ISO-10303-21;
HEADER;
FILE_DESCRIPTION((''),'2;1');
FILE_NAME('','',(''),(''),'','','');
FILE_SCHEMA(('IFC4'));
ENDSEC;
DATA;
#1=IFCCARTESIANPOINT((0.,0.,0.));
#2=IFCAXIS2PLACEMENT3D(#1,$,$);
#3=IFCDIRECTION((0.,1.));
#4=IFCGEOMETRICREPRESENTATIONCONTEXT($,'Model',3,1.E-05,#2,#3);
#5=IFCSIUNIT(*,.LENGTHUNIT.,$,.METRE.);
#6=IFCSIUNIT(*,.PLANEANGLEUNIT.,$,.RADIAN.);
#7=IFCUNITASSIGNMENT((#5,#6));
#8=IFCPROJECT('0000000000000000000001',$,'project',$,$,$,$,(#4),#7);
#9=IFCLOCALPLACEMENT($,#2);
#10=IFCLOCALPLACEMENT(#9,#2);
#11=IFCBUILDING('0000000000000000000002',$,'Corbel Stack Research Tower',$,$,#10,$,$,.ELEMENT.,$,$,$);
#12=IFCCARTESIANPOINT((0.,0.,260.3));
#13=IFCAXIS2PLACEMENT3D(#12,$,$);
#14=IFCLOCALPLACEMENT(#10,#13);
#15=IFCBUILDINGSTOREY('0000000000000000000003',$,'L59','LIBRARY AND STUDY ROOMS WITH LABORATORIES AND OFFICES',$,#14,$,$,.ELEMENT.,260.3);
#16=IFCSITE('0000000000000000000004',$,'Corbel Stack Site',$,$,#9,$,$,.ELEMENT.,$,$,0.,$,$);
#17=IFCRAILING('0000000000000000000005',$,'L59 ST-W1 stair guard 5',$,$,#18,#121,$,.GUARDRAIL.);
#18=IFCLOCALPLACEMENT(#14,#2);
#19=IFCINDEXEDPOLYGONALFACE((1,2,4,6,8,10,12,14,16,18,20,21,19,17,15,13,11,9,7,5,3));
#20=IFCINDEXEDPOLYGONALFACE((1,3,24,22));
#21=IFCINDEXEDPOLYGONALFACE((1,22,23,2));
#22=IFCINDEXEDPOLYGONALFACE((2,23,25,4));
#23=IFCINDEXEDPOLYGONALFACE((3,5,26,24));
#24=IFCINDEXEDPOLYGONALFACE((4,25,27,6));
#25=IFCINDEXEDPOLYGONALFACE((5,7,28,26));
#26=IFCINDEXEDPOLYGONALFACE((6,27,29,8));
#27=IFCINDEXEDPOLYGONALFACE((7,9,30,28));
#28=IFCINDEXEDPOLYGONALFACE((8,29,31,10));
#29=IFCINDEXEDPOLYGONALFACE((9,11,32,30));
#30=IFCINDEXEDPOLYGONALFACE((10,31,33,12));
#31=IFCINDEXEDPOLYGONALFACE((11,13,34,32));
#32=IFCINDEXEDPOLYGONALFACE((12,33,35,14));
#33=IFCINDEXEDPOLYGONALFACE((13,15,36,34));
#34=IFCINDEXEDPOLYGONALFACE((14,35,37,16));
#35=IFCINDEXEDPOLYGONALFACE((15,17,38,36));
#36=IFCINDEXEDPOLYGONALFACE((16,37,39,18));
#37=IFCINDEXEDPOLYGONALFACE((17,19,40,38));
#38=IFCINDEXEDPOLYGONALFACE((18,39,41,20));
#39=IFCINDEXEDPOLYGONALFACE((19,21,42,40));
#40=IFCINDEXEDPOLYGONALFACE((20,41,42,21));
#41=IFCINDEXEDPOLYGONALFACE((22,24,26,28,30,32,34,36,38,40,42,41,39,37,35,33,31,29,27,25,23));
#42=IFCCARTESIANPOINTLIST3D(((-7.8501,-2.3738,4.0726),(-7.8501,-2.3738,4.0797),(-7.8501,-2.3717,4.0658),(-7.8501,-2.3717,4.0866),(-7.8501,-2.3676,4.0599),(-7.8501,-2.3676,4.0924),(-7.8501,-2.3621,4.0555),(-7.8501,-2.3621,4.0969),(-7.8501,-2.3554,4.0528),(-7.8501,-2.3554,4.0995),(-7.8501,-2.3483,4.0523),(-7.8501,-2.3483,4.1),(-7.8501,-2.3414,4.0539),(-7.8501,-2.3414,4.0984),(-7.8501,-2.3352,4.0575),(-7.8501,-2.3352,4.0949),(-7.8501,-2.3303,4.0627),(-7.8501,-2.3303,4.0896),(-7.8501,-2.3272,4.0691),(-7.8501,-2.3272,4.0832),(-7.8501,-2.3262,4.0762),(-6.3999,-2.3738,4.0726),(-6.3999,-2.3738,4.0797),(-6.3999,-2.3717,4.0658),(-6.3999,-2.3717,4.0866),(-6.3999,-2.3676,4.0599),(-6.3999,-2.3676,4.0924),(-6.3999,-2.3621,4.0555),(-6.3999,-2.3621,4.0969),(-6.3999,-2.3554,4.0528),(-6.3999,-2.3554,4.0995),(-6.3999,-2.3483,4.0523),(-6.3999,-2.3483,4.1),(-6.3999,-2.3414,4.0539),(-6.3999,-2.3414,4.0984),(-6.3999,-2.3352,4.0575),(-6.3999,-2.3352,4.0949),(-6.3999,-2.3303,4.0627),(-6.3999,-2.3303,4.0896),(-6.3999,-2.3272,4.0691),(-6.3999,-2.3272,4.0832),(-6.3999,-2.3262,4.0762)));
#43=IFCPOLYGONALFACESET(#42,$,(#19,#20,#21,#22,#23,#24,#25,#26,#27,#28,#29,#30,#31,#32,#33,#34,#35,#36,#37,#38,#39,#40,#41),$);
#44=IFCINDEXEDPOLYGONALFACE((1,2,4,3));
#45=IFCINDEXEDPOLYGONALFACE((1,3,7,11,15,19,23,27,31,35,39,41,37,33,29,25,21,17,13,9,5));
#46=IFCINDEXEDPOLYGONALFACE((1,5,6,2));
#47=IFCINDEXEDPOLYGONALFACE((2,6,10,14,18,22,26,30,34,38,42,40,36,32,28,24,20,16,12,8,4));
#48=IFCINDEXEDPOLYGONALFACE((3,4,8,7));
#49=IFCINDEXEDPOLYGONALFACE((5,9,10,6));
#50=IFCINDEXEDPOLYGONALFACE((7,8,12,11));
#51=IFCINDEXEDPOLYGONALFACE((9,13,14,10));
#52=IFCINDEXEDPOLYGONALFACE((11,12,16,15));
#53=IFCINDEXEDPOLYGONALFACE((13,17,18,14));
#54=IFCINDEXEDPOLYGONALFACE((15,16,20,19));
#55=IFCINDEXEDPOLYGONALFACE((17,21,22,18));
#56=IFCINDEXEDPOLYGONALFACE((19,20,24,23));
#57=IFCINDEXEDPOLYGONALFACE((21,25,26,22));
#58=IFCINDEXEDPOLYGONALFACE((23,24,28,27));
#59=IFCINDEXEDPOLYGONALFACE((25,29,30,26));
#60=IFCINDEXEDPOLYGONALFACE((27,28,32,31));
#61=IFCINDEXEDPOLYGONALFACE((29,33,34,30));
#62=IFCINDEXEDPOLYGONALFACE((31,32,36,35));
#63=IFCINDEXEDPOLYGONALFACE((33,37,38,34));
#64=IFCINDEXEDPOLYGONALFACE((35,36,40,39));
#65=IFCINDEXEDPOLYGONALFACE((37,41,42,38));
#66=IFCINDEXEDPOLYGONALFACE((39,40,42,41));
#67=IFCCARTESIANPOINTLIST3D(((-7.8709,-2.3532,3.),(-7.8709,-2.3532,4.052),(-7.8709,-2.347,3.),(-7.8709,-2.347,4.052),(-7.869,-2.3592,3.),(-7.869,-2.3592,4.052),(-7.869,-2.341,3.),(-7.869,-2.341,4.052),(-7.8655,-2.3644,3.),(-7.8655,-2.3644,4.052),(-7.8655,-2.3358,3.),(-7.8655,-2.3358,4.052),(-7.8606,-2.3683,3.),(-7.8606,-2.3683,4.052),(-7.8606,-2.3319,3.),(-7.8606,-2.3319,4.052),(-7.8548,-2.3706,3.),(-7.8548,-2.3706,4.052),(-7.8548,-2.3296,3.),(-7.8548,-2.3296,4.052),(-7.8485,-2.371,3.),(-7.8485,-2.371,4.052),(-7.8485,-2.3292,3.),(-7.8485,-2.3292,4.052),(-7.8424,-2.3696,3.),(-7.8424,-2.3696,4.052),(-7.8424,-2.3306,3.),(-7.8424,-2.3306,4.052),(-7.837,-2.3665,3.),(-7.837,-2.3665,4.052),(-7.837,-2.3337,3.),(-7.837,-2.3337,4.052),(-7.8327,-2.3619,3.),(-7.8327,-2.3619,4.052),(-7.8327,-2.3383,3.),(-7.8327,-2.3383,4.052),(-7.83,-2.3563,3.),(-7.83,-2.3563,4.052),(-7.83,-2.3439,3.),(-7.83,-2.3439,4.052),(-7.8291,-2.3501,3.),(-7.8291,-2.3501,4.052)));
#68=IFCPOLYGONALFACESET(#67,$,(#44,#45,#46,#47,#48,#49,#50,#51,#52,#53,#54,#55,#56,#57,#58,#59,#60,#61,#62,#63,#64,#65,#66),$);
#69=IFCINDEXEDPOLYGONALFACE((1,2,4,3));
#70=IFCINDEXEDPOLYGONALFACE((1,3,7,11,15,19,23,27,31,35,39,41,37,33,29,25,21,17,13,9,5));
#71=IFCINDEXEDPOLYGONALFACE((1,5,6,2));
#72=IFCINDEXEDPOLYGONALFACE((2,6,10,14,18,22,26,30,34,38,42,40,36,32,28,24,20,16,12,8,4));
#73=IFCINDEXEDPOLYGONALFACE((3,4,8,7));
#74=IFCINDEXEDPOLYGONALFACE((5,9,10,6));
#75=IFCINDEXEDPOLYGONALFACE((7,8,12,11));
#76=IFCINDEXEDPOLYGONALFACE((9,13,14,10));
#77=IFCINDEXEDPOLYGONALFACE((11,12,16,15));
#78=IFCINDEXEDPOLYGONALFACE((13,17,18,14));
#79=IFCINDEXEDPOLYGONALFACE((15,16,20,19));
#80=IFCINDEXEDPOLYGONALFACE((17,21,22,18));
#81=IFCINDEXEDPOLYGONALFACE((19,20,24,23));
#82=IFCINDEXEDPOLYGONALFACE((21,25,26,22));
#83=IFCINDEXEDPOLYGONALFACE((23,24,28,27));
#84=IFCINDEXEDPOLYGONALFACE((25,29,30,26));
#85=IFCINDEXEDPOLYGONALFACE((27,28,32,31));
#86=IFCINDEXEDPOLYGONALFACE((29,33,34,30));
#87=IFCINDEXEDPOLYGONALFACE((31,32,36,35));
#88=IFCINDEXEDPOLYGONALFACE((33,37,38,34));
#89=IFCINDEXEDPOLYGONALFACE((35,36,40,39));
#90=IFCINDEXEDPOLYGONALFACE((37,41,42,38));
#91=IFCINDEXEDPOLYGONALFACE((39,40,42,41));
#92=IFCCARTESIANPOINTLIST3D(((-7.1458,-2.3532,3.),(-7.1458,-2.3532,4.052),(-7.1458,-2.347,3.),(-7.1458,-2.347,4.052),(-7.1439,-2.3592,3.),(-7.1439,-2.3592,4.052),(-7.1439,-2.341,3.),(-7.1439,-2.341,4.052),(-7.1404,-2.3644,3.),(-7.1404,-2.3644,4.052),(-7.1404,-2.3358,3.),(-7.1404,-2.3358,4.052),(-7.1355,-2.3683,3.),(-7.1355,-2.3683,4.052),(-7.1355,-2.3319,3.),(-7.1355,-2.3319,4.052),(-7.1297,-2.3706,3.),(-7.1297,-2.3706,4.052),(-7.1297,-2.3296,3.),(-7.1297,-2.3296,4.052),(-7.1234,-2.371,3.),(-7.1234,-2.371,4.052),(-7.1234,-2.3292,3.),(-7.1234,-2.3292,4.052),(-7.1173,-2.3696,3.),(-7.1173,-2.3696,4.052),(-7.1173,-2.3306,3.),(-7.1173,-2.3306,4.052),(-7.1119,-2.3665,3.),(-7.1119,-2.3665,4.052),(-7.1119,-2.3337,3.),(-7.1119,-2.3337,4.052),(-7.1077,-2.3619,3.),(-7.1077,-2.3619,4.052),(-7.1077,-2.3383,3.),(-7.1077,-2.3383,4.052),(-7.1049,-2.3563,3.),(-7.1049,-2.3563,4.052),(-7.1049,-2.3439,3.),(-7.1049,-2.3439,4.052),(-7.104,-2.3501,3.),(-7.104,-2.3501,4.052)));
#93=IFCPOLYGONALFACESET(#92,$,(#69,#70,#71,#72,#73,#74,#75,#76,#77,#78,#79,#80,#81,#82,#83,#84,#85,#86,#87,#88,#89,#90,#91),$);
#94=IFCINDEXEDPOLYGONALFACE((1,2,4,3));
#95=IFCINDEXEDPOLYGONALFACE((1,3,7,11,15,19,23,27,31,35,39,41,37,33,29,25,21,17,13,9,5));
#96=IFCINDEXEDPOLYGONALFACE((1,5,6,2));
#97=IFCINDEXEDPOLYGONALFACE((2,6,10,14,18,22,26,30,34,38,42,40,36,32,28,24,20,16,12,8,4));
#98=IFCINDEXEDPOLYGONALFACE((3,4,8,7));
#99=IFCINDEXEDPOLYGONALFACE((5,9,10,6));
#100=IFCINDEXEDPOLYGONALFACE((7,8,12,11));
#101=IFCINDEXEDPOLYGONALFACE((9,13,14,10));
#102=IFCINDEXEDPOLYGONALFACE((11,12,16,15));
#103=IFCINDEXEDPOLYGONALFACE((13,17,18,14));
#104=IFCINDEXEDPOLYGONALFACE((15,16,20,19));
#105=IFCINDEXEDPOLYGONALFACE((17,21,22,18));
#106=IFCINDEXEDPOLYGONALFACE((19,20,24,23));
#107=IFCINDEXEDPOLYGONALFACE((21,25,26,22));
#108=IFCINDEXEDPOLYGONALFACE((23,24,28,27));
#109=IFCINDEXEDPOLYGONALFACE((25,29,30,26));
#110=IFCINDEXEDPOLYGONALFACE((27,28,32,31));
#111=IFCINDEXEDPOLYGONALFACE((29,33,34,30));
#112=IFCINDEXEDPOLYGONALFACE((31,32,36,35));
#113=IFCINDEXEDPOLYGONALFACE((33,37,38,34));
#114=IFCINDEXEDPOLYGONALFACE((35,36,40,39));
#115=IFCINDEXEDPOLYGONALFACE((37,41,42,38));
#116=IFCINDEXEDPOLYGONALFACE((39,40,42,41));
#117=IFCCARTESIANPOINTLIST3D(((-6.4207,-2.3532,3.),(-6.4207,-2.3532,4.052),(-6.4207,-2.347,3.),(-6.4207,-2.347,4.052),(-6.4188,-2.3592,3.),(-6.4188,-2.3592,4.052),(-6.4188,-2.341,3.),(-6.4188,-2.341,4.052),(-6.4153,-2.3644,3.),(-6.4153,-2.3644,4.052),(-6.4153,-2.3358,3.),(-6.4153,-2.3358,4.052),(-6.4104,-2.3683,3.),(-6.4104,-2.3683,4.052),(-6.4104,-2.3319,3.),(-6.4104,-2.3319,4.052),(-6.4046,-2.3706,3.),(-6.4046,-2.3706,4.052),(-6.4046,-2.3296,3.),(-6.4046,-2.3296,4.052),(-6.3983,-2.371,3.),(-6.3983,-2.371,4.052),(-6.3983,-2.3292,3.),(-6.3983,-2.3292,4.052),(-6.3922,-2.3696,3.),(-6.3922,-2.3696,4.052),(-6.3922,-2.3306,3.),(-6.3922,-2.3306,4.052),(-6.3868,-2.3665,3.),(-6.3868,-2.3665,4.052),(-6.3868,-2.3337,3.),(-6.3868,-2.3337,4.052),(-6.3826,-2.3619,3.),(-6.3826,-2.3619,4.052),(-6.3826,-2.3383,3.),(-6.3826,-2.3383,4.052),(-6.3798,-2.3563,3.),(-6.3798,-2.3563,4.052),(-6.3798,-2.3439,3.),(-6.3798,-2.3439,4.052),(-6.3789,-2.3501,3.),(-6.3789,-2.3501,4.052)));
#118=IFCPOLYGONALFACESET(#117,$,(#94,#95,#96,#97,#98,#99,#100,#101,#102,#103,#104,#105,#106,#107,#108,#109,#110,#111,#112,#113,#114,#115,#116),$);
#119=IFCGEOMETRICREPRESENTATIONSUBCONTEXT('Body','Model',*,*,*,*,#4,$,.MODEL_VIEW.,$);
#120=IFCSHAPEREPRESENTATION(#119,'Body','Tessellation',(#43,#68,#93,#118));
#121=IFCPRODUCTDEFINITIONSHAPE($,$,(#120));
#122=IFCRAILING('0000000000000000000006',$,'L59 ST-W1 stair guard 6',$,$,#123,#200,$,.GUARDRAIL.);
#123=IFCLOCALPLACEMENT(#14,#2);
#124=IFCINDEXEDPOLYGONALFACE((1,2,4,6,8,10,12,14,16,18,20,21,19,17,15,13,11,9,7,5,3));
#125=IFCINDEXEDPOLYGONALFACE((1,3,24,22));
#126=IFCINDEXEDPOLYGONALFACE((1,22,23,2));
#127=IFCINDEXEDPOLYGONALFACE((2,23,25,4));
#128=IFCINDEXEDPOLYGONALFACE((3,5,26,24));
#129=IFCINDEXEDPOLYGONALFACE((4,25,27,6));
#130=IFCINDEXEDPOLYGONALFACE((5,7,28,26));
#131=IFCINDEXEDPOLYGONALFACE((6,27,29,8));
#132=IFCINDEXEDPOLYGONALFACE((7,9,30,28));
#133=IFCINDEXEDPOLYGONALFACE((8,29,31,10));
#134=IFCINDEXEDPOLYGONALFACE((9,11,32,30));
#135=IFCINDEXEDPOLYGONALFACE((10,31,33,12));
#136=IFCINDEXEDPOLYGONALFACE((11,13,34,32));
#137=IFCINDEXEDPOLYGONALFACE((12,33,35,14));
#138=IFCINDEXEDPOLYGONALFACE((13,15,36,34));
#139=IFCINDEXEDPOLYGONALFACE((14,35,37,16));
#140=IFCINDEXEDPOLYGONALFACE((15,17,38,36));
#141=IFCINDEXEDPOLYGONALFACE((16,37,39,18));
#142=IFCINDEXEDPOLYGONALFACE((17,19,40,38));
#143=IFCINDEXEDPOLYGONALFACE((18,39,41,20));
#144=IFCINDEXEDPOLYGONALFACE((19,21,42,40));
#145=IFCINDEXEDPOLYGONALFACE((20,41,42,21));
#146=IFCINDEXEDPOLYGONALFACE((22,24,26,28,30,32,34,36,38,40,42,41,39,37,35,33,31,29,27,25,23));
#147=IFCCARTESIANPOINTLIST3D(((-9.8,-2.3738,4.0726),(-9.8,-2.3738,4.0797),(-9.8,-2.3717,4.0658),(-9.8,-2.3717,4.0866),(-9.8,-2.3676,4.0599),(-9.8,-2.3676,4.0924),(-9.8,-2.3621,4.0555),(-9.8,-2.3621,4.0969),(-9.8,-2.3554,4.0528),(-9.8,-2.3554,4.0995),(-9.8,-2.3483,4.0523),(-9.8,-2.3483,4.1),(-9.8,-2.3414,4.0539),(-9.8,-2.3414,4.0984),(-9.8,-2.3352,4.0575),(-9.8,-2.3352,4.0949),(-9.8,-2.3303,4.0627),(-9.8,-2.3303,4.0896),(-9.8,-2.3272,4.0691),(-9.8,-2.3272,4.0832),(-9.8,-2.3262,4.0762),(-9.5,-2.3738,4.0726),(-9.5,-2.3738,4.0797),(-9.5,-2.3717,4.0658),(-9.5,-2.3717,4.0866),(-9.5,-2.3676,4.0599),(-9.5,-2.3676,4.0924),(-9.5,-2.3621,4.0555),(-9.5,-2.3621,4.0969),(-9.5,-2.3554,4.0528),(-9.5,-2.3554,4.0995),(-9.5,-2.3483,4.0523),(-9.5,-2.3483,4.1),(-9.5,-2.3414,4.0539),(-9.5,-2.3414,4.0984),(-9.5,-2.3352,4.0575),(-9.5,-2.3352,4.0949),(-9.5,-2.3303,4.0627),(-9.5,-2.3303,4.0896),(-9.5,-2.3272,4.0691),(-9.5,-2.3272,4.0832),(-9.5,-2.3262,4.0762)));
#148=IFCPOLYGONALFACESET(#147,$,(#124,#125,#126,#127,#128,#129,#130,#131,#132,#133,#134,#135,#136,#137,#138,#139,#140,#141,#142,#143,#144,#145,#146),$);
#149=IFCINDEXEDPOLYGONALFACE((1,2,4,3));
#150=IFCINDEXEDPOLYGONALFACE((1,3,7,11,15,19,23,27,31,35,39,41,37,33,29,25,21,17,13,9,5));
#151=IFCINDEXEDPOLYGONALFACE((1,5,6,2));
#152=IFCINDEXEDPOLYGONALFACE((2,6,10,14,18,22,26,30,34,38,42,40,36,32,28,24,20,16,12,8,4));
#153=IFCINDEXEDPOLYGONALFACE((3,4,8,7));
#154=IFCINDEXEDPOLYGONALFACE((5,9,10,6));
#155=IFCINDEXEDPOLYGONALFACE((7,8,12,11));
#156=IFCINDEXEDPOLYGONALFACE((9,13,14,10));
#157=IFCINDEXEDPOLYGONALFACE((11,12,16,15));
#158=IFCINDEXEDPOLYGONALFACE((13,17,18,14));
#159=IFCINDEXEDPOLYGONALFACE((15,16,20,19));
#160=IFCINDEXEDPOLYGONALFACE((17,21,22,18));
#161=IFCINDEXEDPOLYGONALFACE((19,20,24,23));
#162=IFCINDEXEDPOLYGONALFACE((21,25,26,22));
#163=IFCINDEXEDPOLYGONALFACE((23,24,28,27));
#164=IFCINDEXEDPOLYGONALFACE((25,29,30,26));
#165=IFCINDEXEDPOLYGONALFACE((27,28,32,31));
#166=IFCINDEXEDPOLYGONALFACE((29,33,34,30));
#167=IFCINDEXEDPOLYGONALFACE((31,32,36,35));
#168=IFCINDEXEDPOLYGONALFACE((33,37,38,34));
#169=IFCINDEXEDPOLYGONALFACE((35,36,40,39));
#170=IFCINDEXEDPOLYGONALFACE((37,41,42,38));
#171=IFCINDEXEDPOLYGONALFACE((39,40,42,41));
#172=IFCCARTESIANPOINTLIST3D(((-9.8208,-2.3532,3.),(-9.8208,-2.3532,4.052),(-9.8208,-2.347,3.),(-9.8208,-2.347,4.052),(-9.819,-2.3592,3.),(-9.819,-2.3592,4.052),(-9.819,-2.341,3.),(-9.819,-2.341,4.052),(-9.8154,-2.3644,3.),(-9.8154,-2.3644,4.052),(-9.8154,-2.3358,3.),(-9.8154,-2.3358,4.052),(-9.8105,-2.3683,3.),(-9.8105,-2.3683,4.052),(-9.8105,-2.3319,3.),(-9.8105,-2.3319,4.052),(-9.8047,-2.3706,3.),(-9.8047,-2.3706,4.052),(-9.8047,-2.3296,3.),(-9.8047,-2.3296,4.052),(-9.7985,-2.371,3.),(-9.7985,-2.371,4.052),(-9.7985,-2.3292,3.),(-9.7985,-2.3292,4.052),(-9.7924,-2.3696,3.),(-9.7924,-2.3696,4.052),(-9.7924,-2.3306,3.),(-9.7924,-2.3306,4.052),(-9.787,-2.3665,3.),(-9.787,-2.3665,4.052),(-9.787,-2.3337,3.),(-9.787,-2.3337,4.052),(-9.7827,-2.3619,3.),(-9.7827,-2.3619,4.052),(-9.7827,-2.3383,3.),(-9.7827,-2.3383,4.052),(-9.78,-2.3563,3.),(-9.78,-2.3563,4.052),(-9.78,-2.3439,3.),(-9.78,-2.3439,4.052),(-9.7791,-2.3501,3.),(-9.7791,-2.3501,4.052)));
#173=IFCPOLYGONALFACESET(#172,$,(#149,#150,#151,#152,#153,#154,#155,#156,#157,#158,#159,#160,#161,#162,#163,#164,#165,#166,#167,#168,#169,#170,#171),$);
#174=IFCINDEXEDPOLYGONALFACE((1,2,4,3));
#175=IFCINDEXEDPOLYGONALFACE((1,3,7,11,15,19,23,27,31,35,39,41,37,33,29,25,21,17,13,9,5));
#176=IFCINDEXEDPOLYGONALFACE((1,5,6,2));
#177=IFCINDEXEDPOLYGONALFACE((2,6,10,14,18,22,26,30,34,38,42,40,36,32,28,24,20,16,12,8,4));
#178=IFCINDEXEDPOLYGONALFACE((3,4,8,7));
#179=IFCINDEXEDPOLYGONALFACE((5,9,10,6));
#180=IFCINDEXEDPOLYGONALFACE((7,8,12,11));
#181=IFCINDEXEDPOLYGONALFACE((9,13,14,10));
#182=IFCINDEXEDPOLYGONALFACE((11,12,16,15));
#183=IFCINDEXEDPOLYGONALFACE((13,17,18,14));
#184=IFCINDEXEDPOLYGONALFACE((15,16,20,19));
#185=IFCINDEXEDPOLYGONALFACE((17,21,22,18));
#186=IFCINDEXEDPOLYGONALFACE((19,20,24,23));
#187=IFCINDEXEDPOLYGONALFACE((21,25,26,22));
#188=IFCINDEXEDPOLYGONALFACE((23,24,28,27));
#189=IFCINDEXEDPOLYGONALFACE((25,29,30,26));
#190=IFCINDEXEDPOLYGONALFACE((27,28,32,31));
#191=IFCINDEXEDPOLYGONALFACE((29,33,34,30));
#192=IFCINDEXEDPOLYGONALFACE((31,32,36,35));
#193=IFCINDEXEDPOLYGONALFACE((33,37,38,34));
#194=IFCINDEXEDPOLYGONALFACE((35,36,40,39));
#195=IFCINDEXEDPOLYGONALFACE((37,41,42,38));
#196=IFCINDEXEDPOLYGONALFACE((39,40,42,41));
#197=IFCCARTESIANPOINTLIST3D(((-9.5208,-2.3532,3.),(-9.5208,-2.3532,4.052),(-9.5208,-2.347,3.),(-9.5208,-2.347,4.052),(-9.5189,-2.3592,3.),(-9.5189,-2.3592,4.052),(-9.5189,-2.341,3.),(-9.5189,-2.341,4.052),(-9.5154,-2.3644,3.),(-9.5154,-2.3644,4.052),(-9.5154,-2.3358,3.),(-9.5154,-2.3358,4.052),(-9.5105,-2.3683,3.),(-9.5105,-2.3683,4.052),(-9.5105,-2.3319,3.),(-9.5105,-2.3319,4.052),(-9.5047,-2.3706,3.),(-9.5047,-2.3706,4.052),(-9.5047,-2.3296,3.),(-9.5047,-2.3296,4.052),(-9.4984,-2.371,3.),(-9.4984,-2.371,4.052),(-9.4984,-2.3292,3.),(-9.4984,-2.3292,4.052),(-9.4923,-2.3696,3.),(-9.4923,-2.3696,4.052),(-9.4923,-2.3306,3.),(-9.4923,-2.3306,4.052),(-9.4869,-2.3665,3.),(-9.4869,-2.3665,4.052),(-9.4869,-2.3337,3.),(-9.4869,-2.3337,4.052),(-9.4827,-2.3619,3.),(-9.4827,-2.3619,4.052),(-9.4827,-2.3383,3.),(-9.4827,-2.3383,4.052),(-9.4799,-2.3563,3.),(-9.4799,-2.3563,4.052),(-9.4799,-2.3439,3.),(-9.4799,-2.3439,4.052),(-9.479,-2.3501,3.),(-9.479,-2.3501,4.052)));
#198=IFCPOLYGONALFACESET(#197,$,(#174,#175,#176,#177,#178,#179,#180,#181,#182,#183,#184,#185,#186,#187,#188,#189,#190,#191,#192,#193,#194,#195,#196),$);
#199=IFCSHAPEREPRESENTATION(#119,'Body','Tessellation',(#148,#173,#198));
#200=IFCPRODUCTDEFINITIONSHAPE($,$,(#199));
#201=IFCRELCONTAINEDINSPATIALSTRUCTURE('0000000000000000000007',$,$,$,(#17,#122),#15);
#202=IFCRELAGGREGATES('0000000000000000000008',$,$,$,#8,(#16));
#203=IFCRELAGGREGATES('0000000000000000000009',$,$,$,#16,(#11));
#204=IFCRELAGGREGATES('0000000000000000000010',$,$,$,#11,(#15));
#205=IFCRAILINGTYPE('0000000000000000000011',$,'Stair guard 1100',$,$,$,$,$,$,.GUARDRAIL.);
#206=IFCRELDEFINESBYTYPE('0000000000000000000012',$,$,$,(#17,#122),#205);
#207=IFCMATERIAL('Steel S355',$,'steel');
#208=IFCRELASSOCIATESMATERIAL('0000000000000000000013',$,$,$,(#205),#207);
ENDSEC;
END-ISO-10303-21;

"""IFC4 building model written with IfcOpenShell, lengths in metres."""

from ifc_helpers import new_model, si_unit, direction, frame, origin, origin_2d, place, context, subcontext, project, spatial, circle, extrude, material, type_object, element, save


model = new_model("IFC4")

# Units and contexts
model_context = context("Model", 3, precision=1e-05, world=origin(), true_north=direction((0.0, 1.0)))
body_context = subcontext(model_context, "Body", "Model", "MODEL_VIEW")
ifc_project = project(units=[si_unit("LENGTHUNIT", "METRE"), si_unit("PLANEANGLEUNIT", "RADIAN")], contexts=[model_context])

# Site, building, storey
site_placement = place(None, origin())
site = spatial("IfcSite", under=ifc_project, at=site_placement, Name="Corbel Stack Site", CompositionType="ELEMENT", RefElevation=0.0)
building_placement = place(site_placement, origin())
building = spatial("IfcBuilding", under=site, at=building_placement, Name="Corbel Stack Research Tower", CompositionType="ELEMENT")
storey_placement = place(building_placement, frame((0.0, 0.0, 260.3)))
storey = spatial("IfcBuildingStorey", under=building, at=storey_placement, Name="L59", Description="LIBRARY AND STUDY ROOMS WITH LABORATORIES AND OFFICES", CompositionType="ELEMENT", Elevation=260.3)

# Railings
ifc_material_1 = material(Name="Steel S355", Category="steel")
railing_type_1 = type_object("IfcRailingType", Name="Stair guard 1100", PredefinedType="GUARDRAIL", material=ifc_material_1)
railing_1_placement = place(storey_placement, frame((-7.8501, -2.3501, 3.0)))
element("IfcRailing", 1, at=railing_1_placement, inside=storey, type_object=railing_type_1, Name="L59 ST-W1 stair guard 5", PredefinedType="GUARDRAIL", context=body_context, shape_type="SweptSolid", body=[
    extrude(circle(Radius=0.0239, at=origin_2d()), frame((0.0, 0.0, 1.0762), z_axis=(1.0, 0.0, 0.0), x_axis=(0.0, 1.0, 0.0)), (0.0, 0.0, 1.0), 1.4502),
    extrude(circle(Radius=0.021, at=origin_2d()), origin(), (0.0, 0.0, 1.0), 1.052),
    extrude(circle(Radius=0.021, at=origin_2d()), frame((0.7251, 0.0, 0.0)), (0.0, 0.0, 1.0), 1.052),
    extrude(circle(Radius=0.021, at=origin_2d()), frame((1.4502, 0.0, 0.0)), (0.0, 0.0, 1.0), 1.052),
])
railing_2_placement = place(storey_placement, frame((-9.8, -2.3501, 3.0)))
element("IfcRailing", 2, at=railing_2_placement, inside=storey, type_object=railing_type_1, Name="L59 ST-W1 stair guard 6", PredefinedType="GUARDRAIL", context=body_context, shape_type="SweptSolid", body=[
    extrude(circle(Radius=0.0239, at=origin_2d()), frame((0.0, 0.0, 1.0762), z_axis=(1.0, 0.0, 0.0), x_axis=(0.0, 1.0, 0.0)), (0.0, 0.0, 1.0), 0.3),
    extrude(circle(Radius=0.021, at=origin_2d()), origin(), (0.0, 0.0, 1.0), 1.052),
    extrude(circle(Radius=0.021, at=origin_2d()), frame((0.3, 0.0, 0.0)), (0.0, 0.0, 1.0), 1.052),
])

save(model, "model.ifc")
